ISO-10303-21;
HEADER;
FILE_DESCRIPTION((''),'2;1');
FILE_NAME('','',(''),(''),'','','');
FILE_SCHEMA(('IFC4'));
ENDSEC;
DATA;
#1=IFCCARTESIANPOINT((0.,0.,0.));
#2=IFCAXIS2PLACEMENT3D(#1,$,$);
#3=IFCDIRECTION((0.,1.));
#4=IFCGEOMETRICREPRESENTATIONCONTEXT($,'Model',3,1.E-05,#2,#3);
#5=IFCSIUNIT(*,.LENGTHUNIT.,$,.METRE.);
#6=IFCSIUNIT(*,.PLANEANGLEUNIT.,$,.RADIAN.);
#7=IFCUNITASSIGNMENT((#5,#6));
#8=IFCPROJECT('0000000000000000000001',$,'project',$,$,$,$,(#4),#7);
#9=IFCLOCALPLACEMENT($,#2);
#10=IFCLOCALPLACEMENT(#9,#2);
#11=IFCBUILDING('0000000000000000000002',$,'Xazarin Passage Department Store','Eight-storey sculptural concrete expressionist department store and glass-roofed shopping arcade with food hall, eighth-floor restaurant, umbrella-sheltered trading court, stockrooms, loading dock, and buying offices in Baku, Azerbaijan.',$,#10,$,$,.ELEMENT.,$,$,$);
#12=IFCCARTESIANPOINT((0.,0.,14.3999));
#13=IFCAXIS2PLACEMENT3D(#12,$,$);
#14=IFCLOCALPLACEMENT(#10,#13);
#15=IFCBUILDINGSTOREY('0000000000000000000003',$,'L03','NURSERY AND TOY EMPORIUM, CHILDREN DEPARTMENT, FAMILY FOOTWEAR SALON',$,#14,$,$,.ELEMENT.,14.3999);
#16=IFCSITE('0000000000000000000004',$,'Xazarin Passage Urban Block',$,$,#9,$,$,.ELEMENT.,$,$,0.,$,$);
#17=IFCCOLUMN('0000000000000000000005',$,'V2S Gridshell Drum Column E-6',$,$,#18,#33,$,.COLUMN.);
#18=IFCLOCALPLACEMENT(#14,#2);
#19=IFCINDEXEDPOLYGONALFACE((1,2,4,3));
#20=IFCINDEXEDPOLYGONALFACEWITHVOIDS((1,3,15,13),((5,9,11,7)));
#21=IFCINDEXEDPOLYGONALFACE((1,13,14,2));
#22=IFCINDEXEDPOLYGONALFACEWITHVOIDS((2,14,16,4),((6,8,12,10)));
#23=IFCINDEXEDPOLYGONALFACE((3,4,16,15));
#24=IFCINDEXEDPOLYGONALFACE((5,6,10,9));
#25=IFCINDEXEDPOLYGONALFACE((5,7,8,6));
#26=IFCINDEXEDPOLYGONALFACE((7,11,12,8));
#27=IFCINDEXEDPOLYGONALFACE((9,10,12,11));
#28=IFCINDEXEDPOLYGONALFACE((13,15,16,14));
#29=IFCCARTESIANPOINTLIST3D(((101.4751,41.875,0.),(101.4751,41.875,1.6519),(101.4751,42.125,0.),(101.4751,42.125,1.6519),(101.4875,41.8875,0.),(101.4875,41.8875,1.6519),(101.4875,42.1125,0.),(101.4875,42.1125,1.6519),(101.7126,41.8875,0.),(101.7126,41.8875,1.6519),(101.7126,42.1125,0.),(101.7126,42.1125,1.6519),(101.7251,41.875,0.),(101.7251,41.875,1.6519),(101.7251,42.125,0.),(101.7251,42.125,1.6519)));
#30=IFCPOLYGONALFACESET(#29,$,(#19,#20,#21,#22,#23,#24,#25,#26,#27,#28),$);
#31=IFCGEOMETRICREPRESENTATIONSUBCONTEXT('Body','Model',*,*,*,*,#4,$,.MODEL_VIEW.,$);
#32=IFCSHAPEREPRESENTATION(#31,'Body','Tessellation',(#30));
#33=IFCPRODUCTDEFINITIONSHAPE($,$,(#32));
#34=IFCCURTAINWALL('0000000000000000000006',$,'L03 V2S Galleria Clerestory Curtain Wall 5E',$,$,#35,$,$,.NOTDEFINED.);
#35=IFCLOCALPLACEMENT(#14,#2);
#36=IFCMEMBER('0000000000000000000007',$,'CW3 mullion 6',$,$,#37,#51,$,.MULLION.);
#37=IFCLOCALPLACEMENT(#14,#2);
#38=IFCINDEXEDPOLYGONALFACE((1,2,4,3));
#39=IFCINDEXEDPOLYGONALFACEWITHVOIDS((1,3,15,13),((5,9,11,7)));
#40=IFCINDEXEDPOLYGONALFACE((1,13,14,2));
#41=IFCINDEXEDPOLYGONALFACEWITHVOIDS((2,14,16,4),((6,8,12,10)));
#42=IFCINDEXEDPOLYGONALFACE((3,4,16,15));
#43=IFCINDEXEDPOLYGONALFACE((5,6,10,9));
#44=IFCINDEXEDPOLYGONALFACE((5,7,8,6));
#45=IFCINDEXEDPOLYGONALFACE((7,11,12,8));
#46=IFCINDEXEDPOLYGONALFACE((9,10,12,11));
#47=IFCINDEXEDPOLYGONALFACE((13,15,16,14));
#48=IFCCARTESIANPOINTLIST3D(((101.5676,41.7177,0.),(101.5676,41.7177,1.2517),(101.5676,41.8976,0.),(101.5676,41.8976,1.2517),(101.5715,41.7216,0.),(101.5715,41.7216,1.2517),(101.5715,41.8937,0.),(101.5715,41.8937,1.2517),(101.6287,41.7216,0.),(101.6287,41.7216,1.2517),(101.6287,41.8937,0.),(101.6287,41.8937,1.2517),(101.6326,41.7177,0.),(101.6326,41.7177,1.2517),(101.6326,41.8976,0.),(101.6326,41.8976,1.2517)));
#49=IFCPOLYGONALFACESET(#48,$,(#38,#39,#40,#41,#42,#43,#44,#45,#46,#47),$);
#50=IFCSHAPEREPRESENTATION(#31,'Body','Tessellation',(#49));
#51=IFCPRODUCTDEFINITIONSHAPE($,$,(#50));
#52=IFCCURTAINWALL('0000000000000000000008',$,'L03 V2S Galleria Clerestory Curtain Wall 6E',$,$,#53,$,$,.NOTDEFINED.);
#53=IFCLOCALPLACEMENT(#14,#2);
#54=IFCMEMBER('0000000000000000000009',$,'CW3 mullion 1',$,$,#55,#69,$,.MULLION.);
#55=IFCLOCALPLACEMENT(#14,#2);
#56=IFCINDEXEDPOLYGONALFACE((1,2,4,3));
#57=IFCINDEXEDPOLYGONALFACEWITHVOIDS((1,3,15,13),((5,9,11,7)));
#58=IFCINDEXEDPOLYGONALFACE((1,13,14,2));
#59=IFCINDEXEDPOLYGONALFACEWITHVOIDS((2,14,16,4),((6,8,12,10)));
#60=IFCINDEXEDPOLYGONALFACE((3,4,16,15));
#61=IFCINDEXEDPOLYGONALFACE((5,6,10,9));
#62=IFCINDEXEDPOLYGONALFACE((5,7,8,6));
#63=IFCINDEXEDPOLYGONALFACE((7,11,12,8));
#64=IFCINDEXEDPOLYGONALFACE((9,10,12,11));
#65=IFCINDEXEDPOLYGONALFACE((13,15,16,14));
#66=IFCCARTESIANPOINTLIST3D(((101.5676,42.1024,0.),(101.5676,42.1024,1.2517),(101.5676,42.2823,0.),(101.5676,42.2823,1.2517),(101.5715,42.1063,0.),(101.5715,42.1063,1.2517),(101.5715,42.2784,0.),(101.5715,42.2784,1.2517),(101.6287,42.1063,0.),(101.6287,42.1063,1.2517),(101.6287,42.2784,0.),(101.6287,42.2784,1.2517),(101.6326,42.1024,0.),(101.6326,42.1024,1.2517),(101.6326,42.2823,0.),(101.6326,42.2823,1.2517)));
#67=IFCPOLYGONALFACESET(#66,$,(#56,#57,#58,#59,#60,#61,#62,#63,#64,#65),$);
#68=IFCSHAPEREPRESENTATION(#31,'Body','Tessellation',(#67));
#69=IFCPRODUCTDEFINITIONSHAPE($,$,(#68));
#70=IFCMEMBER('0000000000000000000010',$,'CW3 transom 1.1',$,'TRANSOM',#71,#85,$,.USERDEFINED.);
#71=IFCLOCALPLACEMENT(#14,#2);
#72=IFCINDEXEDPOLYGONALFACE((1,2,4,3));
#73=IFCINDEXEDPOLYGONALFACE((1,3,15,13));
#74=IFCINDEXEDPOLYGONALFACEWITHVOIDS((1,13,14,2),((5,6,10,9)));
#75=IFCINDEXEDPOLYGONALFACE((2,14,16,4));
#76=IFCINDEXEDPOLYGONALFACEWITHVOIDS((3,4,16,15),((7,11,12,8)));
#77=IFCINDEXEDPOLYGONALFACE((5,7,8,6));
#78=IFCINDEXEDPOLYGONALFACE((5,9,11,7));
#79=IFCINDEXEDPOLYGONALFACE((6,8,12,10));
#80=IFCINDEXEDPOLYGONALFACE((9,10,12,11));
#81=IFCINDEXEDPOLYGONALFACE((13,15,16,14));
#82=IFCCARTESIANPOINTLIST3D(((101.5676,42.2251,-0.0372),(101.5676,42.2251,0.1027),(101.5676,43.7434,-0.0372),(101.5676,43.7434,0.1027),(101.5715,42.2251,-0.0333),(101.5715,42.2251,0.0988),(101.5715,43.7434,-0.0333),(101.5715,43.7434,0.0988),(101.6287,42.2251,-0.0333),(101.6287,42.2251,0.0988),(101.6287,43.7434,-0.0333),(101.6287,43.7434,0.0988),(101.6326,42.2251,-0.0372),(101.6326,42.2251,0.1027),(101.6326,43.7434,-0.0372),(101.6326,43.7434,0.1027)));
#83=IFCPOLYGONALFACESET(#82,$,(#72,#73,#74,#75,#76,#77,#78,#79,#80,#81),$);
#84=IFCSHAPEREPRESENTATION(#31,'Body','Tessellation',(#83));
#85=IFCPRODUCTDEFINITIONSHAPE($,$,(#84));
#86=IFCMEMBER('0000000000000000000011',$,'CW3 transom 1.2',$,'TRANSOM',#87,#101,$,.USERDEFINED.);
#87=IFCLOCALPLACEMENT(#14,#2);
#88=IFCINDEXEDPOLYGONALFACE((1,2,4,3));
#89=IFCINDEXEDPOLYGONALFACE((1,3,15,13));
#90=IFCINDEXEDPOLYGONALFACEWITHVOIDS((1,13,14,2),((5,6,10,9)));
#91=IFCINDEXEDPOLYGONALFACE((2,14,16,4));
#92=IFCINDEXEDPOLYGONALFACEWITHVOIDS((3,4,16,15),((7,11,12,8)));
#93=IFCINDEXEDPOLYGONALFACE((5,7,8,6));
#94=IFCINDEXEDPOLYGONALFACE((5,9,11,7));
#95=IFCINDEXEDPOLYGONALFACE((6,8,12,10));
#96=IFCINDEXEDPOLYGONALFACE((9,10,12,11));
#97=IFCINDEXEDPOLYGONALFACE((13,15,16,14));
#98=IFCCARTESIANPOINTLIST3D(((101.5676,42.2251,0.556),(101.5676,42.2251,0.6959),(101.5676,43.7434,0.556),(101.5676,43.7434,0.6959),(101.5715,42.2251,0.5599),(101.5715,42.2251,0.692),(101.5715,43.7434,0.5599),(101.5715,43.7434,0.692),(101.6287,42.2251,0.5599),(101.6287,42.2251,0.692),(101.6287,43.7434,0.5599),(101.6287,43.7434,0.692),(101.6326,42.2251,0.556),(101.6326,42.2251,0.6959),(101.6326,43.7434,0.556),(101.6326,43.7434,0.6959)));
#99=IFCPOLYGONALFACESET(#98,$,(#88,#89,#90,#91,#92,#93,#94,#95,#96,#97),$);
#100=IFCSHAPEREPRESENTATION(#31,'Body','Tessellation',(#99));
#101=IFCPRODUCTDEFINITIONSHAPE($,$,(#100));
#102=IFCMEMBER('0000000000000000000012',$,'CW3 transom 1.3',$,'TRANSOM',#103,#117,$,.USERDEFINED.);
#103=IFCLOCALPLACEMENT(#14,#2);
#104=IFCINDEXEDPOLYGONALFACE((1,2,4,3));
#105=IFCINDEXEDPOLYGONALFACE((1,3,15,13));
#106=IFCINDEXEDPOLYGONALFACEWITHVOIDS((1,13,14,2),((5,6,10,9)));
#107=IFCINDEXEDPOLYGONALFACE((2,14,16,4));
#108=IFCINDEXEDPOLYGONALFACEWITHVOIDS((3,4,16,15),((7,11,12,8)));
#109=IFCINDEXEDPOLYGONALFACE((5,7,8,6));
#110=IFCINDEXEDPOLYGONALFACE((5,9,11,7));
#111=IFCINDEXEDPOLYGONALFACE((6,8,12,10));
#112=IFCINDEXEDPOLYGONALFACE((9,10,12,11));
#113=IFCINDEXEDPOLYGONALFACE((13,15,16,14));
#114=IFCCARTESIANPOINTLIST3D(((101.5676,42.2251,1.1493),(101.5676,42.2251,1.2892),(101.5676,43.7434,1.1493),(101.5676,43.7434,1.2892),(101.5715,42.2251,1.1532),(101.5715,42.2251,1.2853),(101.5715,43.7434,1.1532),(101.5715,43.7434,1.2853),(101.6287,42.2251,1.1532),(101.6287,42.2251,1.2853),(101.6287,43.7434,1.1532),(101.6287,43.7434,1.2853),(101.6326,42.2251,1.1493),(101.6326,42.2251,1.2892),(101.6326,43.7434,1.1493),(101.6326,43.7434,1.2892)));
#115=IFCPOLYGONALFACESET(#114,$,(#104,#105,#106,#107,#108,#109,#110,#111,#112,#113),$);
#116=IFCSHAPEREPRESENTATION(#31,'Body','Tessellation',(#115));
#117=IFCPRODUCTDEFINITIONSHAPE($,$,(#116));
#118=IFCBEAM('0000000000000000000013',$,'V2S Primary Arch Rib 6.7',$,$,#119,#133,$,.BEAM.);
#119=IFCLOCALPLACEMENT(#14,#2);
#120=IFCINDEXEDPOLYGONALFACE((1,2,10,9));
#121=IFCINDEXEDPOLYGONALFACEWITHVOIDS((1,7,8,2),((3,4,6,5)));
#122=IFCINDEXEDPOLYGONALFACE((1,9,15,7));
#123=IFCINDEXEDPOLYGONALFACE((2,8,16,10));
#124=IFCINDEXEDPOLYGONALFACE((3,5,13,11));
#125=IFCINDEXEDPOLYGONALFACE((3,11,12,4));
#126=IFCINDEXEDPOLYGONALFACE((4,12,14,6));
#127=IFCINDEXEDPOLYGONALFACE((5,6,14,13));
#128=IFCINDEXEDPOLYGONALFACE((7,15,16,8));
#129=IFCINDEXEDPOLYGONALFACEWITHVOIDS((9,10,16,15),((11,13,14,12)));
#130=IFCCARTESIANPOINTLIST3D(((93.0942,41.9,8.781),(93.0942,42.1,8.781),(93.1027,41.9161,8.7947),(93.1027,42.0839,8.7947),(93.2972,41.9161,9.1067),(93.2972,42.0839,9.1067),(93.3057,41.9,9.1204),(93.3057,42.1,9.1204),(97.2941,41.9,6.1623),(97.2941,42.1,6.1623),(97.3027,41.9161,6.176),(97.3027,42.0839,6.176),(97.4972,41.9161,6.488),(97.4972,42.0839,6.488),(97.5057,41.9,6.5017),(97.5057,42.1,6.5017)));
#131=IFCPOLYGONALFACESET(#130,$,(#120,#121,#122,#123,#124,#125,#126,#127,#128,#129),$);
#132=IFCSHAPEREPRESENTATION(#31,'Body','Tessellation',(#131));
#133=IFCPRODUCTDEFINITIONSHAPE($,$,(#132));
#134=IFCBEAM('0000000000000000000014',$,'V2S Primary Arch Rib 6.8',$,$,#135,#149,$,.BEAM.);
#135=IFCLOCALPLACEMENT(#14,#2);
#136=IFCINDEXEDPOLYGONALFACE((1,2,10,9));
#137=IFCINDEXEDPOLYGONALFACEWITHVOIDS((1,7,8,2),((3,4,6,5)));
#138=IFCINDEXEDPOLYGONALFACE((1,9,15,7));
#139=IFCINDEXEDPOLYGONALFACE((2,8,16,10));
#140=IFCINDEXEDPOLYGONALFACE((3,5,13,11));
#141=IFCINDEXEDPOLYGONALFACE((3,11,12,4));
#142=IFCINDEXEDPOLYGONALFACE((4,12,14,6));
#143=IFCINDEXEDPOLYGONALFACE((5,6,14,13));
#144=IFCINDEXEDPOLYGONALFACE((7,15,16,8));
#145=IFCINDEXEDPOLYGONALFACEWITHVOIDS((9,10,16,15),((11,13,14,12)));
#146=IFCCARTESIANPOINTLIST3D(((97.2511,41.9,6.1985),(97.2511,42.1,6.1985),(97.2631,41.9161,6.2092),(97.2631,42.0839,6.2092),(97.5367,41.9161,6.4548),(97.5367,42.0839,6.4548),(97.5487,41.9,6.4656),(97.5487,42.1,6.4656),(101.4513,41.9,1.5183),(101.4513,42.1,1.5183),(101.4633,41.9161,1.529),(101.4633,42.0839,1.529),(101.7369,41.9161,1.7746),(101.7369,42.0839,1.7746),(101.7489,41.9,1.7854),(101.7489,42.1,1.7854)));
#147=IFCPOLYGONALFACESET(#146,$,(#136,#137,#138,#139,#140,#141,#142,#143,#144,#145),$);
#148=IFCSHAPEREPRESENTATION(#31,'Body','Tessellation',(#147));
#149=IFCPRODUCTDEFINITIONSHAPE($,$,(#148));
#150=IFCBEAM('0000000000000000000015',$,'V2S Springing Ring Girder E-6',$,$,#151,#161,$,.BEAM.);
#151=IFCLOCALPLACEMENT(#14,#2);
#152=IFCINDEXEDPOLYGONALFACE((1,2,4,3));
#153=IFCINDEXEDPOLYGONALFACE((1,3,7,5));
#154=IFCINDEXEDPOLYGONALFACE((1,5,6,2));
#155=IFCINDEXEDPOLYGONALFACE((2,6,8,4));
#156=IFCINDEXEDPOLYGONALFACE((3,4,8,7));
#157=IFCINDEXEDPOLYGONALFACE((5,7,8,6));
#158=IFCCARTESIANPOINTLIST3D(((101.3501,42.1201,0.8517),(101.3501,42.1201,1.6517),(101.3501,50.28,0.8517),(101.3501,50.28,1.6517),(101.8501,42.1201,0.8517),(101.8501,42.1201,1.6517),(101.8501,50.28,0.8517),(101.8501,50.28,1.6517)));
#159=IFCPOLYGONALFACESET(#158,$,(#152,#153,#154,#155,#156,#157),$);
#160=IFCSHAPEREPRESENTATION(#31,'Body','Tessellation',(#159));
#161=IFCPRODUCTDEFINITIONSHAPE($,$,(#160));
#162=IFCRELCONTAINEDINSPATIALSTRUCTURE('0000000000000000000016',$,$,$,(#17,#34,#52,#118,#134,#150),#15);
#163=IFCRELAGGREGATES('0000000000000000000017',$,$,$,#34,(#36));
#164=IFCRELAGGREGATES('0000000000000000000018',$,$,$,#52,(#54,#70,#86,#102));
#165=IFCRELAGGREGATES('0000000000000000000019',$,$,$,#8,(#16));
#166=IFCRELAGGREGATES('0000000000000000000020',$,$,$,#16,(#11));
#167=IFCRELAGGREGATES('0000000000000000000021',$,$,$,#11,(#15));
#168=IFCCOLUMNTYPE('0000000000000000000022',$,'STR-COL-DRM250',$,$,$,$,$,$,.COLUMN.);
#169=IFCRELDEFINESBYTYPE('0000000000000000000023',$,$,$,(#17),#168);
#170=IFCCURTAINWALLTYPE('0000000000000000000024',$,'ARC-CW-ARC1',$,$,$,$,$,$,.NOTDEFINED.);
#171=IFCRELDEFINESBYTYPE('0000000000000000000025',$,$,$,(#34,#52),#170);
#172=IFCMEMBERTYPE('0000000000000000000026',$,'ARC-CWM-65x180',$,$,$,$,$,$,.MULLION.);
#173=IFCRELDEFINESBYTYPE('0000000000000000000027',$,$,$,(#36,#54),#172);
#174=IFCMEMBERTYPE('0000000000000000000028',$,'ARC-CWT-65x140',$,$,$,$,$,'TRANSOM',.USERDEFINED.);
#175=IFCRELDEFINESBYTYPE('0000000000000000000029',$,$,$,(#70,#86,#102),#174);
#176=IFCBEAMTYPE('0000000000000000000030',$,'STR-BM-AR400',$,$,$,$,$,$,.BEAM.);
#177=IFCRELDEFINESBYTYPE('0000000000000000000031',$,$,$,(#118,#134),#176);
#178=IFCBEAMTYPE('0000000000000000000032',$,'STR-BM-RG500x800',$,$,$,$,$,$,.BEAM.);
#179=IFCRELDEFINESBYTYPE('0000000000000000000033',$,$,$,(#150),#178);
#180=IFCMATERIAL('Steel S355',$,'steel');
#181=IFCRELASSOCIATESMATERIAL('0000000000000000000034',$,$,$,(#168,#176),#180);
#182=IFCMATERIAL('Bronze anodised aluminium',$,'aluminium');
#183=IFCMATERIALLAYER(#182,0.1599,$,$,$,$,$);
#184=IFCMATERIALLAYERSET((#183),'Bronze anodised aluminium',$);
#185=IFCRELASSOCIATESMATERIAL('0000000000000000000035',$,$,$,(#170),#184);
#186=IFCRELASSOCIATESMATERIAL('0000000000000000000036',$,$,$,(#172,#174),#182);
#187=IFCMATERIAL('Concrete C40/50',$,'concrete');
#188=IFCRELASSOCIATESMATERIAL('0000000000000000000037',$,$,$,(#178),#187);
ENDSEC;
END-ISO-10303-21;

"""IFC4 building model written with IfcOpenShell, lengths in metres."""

from ifc_helpers import new_model, si_unit, direction, frame, origin, origin_2d, place, context, subcontext, project, spatial, rectangle, hollow_rectangle, extrude, material, layer, layer_set, material_profile, profile_set, type_object, element, aggregate, save


model = new_model("IFC4")

# Units and contexts
model_context = context("Model", 3, precision=1e-05, world=origin(), true_north=direction((0.0, 1.0)))
body_context = subcontext(model_context, "Body", "Model", "MODEL_VIEW")
ifc_project = project(units=[si_unit("LENGTHUNIT", "METRE"), si_unit("PLANEANGLEUNIT", "RADIAN")], contexts=[model_context])

# Site, building, storey
site_placement = place(None, origin())
site = spatial("IfcSite", under=ifc_project, at=site_placement, Name="Xazarin Passage Urban Block", CompositionType="ELEMENT", RefElevation=0.0)
building_placement = place(site_placement, origin())
building = spatial("IfcBuilding", under=site, at=building_placement, Name="Xazarin Passage Department Store", Description="Eight-storey sculptural concrete expressionist department store and glass-roofed shopping arcade with food hall, eighth-floor restaurant, umbrella-sheltered trading court, stockrooms, loading dock, and buying offices in Baku, Azerbaijan.", CompositionType="ELEMENT")
storey_placement = place(building_placement, frame((0.0, 0.0, 14.3999)))
storey = spatial("IfcBuildingStorey", under=building, at=storey_placement, Name="L03", Description="NURSERY AND TOY EMPORIUM, CHILDREN DEPARTMENT, FAMILY FOOTWEAR SALON", CompositionType="ELEMENT", Elevation=14.3999)

# Column
ifc_material_1 = material(Name="Steel S355", Category="steel")
ifc_material_profile_1 = material_profile(ifc_material_1, hollow_rectangle(XDim=0.25, YDim=0.25, WallThickness=0.0125, at=origin_2d()), Name="SHS 250x250x12.5")
ifc_profile_set_1 = profile_set([ifc_material_profile_1], Name="Steel S355")
column_type = type_object("IfcColumnType", Name="STR-COL-DRM250", PredefinedType="COLUMN", material=ifc_profile_set_1)
column_placement = place(storey_placement, frame((101.6001, 42.0, 0.0), z_axis=(0.0, 0.0, 1.0), x_axis=(1.0, 0.0, 0.0)))
element("IfcColumn", 1, at=column_placement, inside=storey, type_object=column_type, Name="V2S Gridshell Drum Column E-6", PredefinedType="COLUMN", context=body_context, shape_type="SweptSolid", body=[
    extrude(hollow_rectangle(XDim=0.25, YDim=0.25, WallThickness=0.0125, at=origin_2d()), origin(), (0.0, 0.0, 1.0), 1.6519),
])

# Curtain wall, member
ifc_material_2 = material(Name="Bronze anodised aluminium", Category="aluminium")
ifc_layer_1 = layer(ifc_material_2, 0.1599)
ifc_layer_set_1 = layer_set([ifc_layer_1], Name="Bronze anodised aluminium")
curtain_wall_type = type_object("IfcCurtainWallType", Name="ARC-CW-ARC1", PredefinedType="NOTDEFINED", material=ifc_layer_set_1)
curtain_wall_1_placement = place(storey_placement, origin())
curtain_wall_1 = element("IfcCurtainWall", 2, at=curtain_wall_1_placement, inside=storey, type_object=curtain_wall_type, Name="L03 V2S Galleria Clerestory Curtain Wall 5E", PredefinedType="NOTDEFINED")
ifc_material_profile_2 = material_profile(ifc_material_2, hollow_rectangle(XDim=0.0649, YDim=0.1799, WallThickness=0.0039, at=origin_2d()), Name="ALU 65x180")
ifc_profile_set_2 = profile_set([ifc_material_profile_2], Name="Bronze anodised aluminium")
member_type_1 = type_object("IfcMemberType", Name="ARC-CWM-65x180", PredefinedType="MULLION", material=ifc_profile_set_2)
member_1_placement = place(storey_placement, frame((101.6001, 41.8076, 0.0), z_axis=(0.0, 0.0, 1.0), x_axis=(-1.0, 0.0, 0.0)))
member_1 = element("IfcMember", 3, at=member_1_placement, type_object=member_type_1, Name="CW3 mullion 6", PredefinedType="MULLION", context=body_context, shape_type="SweptSolid", body=[
    extrude(hollow_rectangle(XDim=0.0649, YDim=0.1799, WallThickness=0.0039, at=origin_2d()), origin(), (0.0, 0.0, 1.0), 1.2517),
])

# Curtain wall, members
curtain_wall_2_placement = place(storey_placement, origin())
curtain_wall_2 = element("IfcCurtainWall", 4, at=curtain_wall_2_placement, inside=storey, type_object=curtain_wall_type, Name="L03 V2S Galleria Clerestory Curtain Wall 6E", PredefinedType="NOTDEFINED")
member_2_placement = place(storey_placement, frame((101.6001, 42.1924, 0.0), z_axis=(0.0, 0.0, 1.0), x_axis=(-1.0, 0.0, 0.0)))
member_2 = element("IfcMember", 5, at=member_2_placement, type_object=member_type_1, Name="CW3 mullion 1", PredefinedType="MULLION", context=body_context, shape_type="SweptSolid", body=[
    extrude(hollow_rectangle(XDim=0.0649, YDim=0.1799, WallThickness=0.0039, at=origin_2d()), origin(), (0.0, 0.0, 1.0), 1.2517),
])
ifc_material_profile_3 = material_profile(ifc_material_2, hollow_rectangle(XDim=0.0649, YDim=0.1399, WallThickness=0.0039, at=origin_2d()), Name="ALU 65x140")
ifc_profile_set_3 = profile_set([ifc_material_profile_3], Name="Bronze anodised aluminium")
member_type_2 = type_object("IfcMemberType", Name="ARC-CWT-65x140", ElementType="TRANSOM", PredefinedType="USERDEFINED", material=ifc_profile_set_3)
member_3_placement = place(storey_placement, frame((101.6001, 42.2251, 0.0327), z_axis=(0.0, 1.0, 0.0), x_axis=(-1.0, 0.0, 0.0)))
member_3 = element("IfcMember", 6, at=member_3_placement, type_object=member_type_2, Name="CW3 transom 1.1", ObjectType="TRANSOM", PredefinedType="USERDEFINED", context=body_context, shape_type="SweptSolid", body=[
    extrude(hollow_rectangle(XDim=0.0649, YDim=0.1399, WallThickness=0.0039, at=origin_2d()), origin(), (0.0, 0.0, 1.0), 1.5183),
])
member_4_placement = place(storey_placement, frame((101.6001, 42.2251, 0.626), z_axis=(0.0, 1.0, 0.0), x_axis=(-1.0, 0.0, 0.0)))
member_4 = element("IfcMember", 7, at=member_4_placement, type_object=member_type_2, Name="CW3 transom 1.2", ObjectType="TRANSOM", PredefinedType="USERDEFINED", context=body_context, shape_type="SweptSolid", body=[
    extrude(hollow_rectangle(XDim=0.0649, YDim=0.1399, WallThickness=0.0039, at=origin_2d()), origin(), (0.0, 0.0, 1.0), 1.5183),
])
member_5_placement = place(storey_placement, frame((101.6001, 42.2251, 1.2192), z_axis=(0.0, 1.0, 0.0), x_axis=(-1.0, 0.0, 0.0)))
member_5 = element("IfcMember", 8, at=member_5_placement, type_object=member_type_2, Name="CW3 transom 1.3", ObjectType="TRANSOM", PredefinedType="USERDEFINED", context=body_context, shape_type="SweptSolid", body=[
    extrude(hollow_rectangle(XDim=0.0649, YDim=0.1399, WallThickness=0.0039, at=origin_2d()), origin(), (0.0, 0.0, 1.0), 1.5183),
])

# Beams
ifc_material_profile_4 = material_profile(ifc_material_1, hollow_rectangle(XDim=0.2, YDim=0.3999, WallThickness=0.0161, at=origin_2d()), Name="RHS 400x200x16")
ifc_profile_set_4 = profile_set([ifc_material_profile_4], Name="Steel S355")
beam_type_1 = type_object("IfcBeamType", Name="STR-BM-AR400", PredefinedType="BEAM", material=ifc_profile_set_4)
beam_1_placement = place(storey_placement, frame((93.2, 42.0, 8.9507), z_axis=(0.848571, 0.0, -0.529081), x_axis=(0.0, 1.0, 0.0)))
element("IfcBeam", 9, at=beam_1_placement, inside=storey, type_object=beam_type_1, Name="V2S Primary Arch Rib 6.7", PredefinedType="BEAM", context=body_context, shape_type="SweptSolid", body=[
    extrude(hollow_rectangle(XDim=0.2, YDim=0.3999, WallThickness=0.0161, at=origin_2d()), origin(), (0.0, 0.0, 1.0), 4.9495),
])
beam_2_placement = place(storey_placement, frame((97.3999, 42.0, 6.332), z_axis=(0.667913, 0.0, -0.744239), x_axis=(0.0, 1.0, 0.0)))
element("IfcBeam", 10, at=beam_2_placement, inside=storey, type_object=beam_type_1, Name="V2S Primary Arch Rib 6.8", PredefinedType="BEAM", context=body_context, shape_type="SweptSolid", body=[
    extrude(hollow_rectangle(XDim=0.2, YDim=0.3999, WallThickness=0.0161, at=origin_2d()), origin(), (0.0, 0.0, 1.0), 6.2886),
])
ifc_material_3 = material(Name="Concrete C40/50", Category="concrete")
ifc_material_profile_5 = material_profile(ifc_material_3, rectangle(XDim=0.5, YDim=0.8, at=origin_2d()), Name="RC 500x800")
ifc_profile_set_5 = profile_set([ifc_material_profile_5], Name="Concrete C40/50")
beam_type_2 = type_object("IfcBeamType", Name="STR-BM-RG500x800", PredefinedType="BEAM", material=ifc_profile_set_5)
beam_3_placement = place(storey_placement, frame((101.6001, 42.1201, 1.2517), z_axis=(0.0, 1.0, 0.0), x_axis=(-1.0, 0.0, 0.0)))
element("IfcBeam", 11, at=beam_3_placement, inside=storey, type_object=beam_type_2, Name="V2S Springing Ring Girder E-6", PredefinedType="BEAM", context=body_context, shape_type="SweptSolid", body=[
    extrude(rectangle(XDim=0.5, YDim=0.8, at=origin_2d()), origin(), (0.0, 0.0, 1.0), 8.1599),
])

aggregate(curtain_wall_1, [member_1])
aggregate(curtain_wall_2, [member_2, member_3, member_4, member_5])

save(model, "model.ifc")
